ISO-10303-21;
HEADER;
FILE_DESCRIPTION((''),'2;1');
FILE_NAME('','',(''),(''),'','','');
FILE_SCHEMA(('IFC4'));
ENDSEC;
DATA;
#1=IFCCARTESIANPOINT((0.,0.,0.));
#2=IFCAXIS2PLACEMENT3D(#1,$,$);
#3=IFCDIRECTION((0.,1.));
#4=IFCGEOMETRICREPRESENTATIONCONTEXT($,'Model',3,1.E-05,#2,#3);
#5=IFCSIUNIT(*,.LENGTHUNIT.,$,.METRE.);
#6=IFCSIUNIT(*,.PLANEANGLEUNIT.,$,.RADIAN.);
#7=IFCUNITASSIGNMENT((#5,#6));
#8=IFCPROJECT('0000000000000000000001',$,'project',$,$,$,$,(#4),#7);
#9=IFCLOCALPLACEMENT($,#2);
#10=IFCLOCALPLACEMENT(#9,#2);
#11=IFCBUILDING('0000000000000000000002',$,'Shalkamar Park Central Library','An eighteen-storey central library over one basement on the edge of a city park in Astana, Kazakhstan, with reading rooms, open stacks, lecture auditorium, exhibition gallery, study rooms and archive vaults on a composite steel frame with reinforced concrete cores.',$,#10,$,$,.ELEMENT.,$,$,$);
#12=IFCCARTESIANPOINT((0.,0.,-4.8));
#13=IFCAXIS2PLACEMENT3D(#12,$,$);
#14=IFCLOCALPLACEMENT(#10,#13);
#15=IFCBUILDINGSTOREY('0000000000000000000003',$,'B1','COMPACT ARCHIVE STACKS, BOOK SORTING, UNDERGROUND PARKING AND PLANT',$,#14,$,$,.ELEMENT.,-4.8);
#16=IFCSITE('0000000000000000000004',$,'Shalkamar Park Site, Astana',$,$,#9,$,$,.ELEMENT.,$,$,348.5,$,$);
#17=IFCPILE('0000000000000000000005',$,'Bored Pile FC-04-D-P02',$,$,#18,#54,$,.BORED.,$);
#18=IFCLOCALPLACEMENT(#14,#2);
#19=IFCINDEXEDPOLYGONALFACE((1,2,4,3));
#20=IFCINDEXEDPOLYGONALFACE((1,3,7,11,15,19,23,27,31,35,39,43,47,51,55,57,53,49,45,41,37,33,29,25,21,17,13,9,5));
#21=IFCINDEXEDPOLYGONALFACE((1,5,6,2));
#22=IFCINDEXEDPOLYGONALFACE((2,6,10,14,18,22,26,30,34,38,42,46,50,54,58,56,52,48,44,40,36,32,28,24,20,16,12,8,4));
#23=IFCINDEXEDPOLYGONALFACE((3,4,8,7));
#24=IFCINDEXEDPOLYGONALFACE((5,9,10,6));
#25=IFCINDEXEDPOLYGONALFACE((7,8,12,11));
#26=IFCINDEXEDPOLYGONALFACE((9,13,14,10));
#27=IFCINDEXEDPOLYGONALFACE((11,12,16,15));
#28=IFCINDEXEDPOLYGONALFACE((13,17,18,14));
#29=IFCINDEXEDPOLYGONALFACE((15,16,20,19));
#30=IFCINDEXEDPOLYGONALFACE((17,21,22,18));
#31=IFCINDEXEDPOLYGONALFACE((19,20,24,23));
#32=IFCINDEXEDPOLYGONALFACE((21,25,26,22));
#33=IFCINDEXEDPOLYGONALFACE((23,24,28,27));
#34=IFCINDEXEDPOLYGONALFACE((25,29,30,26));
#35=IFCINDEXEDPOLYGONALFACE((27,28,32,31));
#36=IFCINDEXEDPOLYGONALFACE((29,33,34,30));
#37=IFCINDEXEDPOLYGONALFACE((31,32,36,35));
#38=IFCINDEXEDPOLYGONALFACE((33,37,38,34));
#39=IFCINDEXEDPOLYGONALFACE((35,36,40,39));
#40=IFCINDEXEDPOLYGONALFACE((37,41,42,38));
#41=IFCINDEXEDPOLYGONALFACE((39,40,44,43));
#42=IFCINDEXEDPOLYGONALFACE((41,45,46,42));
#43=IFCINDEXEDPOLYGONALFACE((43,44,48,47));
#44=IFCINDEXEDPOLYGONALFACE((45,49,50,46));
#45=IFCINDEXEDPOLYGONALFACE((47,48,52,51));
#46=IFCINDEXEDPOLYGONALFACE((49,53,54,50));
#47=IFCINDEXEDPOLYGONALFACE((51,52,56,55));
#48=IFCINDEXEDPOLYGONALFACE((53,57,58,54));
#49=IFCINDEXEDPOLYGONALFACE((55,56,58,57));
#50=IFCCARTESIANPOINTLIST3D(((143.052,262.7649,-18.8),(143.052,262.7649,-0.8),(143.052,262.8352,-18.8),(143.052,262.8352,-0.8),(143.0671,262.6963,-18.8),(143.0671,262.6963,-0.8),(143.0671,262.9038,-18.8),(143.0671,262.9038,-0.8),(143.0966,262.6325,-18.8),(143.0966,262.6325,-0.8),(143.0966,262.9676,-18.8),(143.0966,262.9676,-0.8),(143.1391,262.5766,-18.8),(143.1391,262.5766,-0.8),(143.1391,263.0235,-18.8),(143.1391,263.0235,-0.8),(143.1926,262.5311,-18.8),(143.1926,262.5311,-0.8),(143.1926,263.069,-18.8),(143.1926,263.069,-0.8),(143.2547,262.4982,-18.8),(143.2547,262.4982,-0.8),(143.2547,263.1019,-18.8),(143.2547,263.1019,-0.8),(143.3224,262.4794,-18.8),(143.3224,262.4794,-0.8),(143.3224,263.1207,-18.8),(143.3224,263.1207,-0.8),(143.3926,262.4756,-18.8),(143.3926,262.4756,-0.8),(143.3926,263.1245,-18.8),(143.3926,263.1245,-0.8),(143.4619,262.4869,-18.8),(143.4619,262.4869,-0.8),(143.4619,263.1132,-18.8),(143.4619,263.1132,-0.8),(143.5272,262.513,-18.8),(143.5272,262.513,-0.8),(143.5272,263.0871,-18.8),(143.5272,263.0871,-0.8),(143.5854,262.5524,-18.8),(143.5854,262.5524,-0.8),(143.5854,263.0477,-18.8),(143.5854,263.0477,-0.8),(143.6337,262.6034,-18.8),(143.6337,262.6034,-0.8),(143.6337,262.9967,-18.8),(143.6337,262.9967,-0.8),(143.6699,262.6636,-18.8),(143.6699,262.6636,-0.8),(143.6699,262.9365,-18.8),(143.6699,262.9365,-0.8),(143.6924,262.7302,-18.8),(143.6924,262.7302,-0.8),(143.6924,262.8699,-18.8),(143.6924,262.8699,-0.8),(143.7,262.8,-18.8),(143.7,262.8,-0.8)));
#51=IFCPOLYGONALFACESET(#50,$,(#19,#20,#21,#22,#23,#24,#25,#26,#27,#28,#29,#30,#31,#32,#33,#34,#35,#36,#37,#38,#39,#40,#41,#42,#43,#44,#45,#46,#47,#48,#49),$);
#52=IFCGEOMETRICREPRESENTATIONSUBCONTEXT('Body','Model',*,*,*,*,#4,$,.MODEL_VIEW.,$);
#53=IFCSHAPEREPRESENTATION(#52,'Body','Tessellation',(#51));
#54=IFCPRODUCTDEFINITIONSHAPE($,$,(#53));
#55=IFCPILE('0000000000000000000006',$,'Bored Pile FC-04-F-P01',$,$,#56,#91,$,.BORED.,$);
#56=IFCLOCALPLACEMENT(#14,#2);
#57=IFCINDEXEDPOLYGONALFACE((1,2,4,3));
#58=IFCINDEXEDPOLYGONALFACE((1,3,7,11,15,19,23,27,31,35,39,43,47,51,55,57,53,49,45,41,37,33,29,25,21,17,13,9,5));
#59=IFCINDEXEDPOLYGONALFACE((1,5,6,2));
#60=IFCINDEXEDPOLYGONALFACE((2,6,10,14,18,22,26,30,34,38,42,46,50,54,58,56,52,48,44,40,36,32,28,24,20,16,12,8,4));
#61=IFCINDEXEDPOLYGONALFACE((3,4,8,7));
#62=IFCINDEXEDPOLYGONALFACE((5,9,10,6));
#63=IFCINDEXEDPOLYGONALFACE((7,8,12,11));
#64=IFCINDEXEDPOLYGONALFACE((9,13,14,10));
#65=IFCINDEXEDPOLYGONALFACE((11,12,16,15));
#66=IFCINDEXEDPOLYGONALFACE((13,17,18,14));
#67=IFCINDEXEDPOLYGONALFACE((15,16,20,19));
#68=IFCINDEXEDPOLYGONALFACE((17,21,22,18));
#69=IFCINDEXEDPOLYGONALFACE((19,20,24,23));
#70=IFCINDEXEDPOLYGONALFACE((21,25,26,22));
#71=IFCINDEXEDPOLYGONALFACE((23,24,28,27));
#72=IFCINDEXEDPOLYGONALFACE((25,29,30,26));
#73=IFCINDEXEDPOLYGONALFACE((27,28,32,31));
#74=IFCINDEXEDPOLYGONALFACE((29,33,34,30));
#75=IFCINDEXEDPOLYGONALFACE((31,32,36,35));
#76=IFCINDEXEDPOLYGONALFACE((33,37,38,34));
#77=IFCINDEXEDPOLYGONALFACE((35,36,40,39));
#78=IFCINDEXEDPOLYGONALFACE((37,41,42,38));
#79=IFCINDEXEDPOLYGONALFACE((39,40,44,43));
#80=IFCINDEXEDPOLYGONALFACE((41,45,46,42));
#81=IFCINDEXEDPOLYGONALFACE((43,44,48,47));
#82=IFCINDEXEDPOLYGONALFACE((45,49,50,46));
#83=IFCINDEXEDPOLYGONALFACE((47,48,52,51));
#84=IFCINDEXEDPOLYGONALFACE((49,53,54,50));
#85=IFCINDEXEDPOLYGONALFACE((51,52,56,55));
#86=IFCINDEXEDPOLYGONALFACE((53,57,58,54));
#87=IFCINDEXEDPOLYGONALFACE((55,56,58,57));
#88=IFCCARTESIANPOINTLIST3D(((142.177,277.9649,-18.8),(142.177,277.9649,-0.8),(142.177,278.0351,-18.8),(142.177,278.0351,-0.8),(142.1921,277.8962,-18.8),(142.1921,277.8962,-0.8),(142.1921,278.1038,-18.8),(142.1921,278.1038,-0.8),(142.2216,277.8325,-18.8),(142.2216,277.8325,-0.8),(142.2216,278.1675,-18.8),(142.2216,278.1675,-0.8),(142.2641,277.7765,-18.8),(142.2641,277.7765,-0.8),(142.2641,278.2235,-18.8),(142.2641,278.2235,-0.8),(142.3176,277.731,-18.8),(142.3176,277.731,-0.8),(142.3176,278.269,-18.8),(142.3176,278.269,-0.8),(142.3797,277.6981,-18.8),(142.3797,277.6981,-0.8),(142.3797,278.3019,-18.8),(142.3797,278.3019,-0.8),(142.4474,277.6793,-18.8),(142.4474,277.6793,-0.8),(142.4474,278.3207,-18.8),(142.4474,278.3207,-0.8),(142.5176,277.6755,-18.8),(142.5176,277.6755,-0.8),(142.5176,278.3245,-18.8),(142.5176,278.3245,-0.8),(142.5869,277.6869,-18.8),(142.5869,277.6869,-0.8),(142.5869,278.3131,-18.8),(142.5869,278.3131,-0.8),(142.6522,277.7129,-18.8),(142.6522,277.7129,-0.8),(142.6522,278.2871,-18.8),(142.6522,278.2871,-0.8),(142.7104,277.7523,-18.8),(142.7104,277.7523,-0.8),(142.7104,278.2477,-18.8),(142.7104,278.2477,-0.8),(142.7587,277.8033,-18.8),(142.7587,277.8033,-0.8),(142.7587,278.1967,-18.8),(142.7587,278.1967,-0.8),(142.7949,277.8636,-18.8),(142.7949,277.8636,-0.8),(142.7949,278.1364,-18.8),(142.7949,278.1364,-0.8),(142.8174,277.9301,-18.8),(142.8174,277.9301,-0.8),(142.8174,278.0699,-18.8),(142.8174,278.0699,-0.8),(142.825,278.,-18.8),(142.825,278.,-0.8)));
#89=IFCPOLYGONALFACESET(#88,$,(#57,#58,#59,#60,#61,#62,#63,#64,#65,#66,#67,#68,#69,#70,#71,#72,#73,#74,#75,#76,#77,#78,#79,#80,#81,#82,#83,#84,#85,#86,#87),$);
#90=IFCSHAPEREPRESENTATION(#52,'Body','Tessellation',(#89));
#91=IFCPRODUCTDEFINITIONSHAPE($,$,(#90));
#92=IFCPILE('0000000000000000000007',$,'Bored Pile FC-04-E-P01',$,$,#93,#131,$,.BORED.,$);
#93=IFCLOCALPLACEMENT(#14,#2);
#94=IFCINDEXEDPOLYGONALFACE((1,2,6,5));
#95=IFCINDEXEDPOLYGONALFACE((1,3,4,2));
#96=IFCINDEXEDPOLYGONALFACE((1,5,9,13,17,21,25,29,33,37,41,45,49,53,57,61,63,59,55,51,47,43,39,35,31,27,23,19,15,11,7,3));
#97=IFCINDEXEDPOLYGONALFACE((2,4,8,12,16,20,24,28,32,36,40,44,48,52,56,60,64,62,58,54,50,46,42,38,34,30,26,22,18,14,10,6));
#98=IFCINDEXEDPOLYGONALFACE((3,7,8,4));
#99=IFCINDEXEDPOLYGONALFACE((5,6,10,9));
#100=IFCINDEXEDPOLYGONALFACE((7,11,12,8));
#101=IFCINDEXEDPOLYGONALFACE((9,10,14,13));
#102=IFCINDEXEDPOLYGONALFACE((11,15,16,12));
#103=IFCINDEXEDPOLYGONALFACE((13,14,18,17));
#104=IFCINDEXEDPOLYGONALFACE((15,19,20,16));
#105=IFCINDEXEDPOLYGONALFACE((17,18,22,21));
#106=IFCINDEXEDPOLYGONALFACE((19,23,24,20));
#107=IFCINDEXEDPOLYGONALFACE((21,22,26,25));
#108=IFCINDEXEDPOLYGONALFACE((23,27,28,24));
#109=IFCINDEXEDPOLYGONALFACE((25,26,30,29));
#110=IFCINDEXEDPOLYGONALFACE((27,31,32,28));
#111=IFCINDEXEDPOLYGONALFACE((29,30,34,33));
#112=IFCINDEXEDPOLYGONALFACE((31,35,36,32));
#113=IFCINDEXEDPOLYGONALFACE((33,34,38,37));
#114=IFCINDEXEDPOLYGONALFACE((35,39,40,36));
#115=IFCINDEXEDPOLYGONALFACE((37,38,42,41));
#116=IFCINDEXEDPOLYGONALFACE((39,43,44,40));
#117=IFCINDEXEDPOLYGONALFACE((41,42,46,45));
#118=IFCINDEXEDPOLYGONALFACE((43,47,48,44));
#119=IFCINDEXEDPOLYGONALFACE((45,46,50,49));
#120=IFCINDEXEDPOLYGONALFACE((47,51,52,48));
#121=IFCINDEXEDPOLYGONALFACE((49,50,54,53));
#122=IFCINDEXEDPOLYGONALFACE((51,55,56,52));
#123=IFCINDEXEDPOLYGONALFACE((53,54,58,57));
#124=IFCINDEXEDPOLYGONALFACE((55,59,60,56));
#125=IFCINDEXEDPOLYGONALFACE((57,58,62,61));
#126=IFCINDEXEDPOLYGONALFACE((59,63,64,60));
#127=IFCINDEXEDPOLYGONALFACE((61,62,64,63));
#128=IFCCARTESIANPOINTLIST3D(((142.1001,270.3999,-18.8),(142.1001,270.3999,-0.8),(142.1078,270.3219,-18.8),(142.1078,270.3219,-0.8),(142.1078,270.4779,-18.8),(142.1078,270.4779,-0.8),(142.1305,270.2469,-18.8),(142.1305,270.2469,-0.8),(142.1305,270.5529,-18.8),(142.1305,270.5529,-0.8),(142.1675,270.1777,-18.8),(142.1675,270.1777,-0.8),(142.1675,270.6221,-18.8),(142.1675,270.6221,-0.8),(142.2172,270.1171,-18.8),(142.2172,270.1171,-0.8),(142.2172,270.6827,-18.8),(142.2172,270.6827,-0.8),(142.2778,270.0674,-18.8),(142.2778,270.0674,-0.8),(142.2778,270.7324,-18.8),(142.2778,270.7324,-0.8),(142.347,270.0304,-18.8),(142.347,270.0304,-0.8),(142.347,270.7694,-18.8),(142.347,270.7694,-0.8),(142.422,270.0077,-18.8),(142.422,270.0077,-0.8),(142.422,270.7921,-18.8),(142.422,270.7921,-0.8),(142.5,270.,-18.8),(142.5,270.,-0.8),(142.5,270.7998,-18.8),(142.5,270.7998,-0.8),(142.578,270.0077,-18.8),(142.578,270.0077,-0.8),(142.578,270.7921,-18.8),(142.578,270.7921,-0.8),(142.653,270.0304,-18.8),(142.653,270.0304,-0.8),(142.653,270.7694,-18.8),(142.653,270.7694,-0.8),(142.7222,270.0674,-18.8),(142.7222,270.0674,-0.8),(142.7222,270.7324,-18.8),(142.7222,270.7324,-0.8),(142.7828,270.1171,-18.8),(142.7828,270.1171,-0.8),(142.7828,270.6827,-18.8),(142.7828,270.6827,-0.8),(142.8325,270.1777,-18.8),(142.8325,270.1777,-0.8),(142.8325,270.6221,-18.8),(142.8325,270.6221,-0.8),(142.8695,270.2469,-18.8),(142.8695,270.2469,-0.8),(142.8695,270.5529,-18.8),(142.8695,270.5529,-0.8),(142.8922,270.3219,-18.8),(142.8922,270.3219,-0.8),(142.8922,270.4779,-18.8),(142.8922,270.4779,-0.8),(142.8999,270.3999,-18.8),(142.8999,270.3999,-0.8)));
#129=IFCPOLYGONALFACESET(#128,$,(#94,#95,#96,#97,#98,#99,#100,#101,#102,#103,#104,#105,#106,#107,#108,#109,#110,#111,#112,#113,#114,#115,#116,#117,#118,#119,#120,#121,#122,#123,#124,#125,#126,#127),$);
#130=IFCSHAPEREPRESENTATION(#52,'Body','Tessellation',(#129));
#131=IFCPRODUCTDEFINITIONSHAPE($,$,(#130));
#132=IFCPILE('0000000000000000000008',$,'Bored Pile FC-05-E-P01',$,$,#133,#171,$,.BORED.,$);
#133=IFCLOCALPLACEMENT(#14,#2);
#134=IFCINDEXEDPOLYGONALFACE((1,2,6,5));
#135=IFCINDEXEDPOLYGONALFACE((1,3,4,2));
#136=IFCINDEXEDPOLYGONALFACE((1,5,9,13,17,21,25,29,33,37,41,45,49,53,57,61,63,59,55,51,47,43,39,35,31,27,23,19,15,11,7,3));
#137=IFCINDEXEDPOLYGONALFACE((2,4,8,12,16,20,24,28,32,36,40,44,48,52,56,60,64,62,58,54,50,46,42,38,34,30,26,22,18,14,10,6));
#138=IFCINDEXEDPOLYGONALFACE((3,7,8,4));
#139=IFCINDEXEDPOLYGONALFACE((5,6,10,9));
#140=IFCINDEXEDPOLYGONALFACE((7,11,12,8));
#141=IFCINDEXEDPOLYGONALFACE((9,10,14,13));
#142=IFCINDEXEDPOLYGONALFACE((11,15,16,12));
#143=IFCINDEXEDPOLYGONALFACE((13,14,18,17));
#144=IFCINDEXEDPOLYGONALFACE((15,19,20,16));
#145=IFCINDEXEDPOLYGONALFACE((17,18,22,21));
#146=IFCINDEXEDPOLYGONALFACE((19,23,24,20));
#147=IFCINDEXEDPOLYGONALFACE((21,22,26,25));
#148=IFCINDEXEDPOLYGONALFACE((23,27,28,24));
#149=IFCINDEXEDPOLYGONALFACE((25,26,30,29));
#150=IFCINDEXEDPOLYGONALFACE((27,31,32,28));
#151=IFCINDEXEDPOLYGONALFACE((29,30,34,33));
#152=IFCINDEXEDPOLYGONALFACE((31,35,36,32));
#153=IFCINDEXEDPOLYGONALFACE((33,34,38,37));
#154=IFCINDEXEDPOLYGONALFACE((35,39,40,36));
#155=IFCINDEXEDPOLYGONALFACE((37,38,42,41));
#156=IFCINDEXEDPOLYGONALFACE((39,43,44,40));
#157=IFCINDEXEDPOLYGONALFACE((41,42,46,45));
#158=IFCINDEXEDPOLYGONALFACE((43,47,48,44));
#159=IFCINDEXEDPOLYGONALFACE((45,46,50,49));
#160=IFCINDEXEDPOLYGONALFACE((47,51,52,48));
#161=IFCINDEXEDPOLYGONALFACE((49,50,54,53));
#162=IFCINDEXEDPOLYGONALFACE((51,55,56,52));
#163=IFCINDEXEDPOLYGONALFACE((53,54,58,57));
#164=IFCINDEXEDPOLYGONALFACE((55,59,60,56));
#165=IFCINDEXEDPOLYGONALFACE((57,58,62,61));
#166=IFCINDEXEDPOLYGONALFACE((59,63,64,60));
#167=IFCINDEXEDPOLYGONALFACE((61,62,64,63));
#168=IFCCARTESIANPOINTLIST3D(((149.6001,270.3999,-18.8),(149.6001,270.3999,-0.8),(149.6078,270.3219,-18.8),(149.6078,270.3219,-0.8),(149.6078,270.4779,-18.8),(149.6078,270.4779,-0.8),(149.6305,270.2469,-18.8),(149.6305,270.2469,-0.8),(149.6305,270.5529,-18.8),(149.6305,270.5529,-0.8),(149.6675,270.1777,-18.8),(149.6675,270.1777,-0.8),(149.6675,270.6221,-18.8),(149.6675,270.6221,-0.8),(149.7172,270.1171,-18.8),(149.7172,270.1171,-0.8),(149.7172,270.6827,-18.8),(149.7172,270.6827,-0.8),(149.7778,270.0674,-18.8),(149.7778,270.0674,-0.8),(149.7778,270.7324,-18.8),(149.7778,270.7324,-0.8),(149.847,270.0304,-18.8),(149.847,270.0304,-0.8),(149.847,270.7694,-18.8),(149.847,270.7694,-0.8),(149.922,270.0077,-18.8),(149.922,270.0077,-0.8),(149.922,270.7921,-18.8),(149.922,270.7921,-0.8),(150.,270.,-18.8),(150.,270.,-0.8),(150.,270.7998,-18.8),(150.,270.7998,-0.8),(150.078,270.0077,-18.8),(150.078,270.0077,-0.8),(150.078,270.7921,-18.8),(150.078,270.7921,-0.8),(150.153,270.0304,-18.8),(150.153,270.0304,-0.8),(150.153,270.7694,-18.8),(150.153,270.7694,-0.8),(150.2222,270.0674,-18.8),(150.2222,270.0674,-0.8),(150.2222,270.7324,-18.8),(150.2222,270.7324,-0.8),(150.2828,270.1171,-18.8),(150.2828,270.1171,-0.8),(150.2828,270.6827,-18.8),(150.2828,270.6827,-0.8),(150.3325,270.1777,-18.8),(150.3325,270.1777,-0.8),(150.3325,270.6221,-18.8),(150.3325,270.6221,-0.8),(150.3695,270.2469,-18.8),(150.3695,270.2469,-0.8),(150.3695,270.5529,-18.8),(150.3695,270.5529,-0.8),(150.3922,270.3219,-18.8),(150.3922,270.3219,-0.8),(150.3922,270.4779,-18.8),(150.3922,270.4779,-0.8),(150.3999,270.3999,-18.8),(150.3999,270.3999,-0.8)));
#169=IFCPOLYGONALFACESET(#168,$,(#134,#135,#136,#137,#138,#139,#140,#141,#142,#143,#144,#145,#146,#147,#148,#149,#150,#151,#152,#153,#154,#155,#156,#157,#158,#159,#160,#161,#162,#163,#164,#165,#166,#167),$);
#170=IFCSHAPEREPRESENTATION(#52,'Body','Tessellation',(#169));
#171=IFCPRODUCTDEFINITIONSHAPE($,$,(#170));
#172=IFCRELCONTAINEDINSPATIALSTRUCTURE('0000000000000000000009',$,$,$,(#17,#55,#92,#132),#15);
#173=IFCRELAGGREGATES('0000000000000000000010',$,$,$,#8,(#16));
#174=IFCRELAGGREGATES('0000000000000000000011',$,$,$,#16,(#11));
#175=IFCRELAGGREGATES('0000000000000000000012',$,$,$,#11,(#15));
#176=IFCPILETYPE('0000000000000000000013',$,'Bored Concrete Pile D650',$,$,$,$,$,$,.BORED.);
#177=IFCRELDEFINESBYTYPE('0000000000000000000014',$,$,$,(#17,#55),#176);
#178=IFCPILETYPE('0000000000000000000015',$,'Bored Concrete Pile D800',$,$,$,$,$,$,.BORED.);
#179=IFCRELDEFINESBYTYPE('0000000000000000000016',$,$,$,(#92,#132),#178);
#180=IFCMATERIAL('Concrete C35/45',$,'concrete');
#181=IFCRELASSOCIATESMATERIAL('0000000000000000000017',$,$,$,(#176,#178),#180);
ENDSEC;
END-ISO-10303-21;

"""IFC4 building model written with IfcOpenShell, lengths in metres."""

from ifc_helpers import new_model, si_unit, direction, frame, origin, origin_2d, place, context, subcontext, project, spatial, circle, extrude, material, material_profile, profile_set, type_object, element, save


model = new_model("IFC4")

# Units and contexts
model_context = context("Model", 3, precision=1e-05, world=origin(), true_north=direction((0.0, 1.0)))
body_context = subcontext(model_context, "Body", "Model", "MODEL_VIEW")
ifc_project = project(units=[si_unit("LENGTHUNIT", "METRE"), si_unit("PLANEANGLEUNIT", "RADIAN")], contexts=[model_context])

# Site, building, storey
site_placement = place(None, origin())
site = spatial("IfcSite", under=ifc_project, at=site_placement, Name="Shalkamar Park Site, Astana", CompositionType="ELEMENT", RefElevation=348.5)
building_placement = place(site_placement, origin())
building = spatial("IfcBuilding", under=site, at=building_placement, Name="Shalkamar Park Central Library", Description="An eighteen-storey central library over one basement on the edge of a city park in Astana, Kazakhstan, with reading rooms, open stacks, lecture auditorium, exhibition gallery, study rooms and archive vaults on a composite steel frame with reinforced concrete cores.", CompositionType="ELEMENT")
storey_placement = place(building_placement, frame((0.0, 0.0, -4.8)))
storey = spatial("IfcBuildingStorey", under=building, at=storey_placement, Name="B1", Description="COMPACT ARCHIVE STACKS, BOOK SORTING, UNDERGROUND PARKING AND PLANT", CompositionType="ELEMENT", Elevation=-4.8)

# Piles
ifc_material_1 = material(Name="Concrete C35/45", Category="concrete")
ifc_material_profile_1 = material_profile(ifc_material_1, circle(Radius=0.325, at=origin_2d()), Name="PILE D650")
ifc_profile_set_1 = profile_set([ifc_material_profile_1], Name="Concrete C35/45")
pile_type_1 = type_object("IfcPileType", Name="Bored Concrete Pile D650", PredefinedType="BORED", material=ifc_profile_set_1)
for number, where, z_axis, x_axis, name in (
    (1, (143.375, 262.8, -0.8), (0.0, 0.0, -1.0), (1.0, 0.0, 0.0), "Bored Pile FC-04-D-P02"),
    (2, (142.5, 278.0, -0.8), (0.0, 0.0, -1.0), (1.0, 0.0, 0.0), "Bored Pile FC-04-F-P01"),
):
    element("IfcPile", number, at=place(storey_placement, frame(where, z_axis=z_axis, x_axis=x_axis)), inside=storey, type_object=pile_type_1, Name=name, PredefinedType="BORED", context=body_context, shape_type="SweptSolid", body=[
        extrude(circle(Radius=0.325, at=origin_2d()), origin(), (0.0, 0.0, 1.0), 18.0),
    ])
ifc_material_profile_2 = material_profile(ifc_material_1, circle(Radius=0.3999, at=origin_2d()), Name="PILE D800")
ifc_profile_set_2 = profile_set([ifc_material_profile_2], Name="Concrete C35/45")
pile_type_2 = type_object("IfcPileType", Name="Bored Concrete Pile D800", PredefinedType="BORED", material=ifc_profile_set_2)
for number, where, z_axis, x_axis, name in (
    (3, (142.5, 270.3999, -0.8), (0.0, 0.0, -1.0), (1.0, 0.0, 0.0), "Bored Pile FC-04-E-P01"),
    (4, (150.0, 270.3999, -0.8), (0.0, 0.0, -1.0), (1.0, 0.0, 0.0), "Bored Pile FC-05-E-P01"),
):
    element("IfcPile", number, at=place(storey_placement, frame(where, z_axis=z_axis, x_axis=x_axis)), inside=storey, type_object=pile_type_2, Name=name, PredefinedType="BORED", context=body_context, shape_type="SweptSolid", body=[
        extrude(circle(Radius=0.3999, at=origin_2d()), origin(), (0.0, 0.0, 1.0), 18.0),
    ])

save(model, "model.ifc")
